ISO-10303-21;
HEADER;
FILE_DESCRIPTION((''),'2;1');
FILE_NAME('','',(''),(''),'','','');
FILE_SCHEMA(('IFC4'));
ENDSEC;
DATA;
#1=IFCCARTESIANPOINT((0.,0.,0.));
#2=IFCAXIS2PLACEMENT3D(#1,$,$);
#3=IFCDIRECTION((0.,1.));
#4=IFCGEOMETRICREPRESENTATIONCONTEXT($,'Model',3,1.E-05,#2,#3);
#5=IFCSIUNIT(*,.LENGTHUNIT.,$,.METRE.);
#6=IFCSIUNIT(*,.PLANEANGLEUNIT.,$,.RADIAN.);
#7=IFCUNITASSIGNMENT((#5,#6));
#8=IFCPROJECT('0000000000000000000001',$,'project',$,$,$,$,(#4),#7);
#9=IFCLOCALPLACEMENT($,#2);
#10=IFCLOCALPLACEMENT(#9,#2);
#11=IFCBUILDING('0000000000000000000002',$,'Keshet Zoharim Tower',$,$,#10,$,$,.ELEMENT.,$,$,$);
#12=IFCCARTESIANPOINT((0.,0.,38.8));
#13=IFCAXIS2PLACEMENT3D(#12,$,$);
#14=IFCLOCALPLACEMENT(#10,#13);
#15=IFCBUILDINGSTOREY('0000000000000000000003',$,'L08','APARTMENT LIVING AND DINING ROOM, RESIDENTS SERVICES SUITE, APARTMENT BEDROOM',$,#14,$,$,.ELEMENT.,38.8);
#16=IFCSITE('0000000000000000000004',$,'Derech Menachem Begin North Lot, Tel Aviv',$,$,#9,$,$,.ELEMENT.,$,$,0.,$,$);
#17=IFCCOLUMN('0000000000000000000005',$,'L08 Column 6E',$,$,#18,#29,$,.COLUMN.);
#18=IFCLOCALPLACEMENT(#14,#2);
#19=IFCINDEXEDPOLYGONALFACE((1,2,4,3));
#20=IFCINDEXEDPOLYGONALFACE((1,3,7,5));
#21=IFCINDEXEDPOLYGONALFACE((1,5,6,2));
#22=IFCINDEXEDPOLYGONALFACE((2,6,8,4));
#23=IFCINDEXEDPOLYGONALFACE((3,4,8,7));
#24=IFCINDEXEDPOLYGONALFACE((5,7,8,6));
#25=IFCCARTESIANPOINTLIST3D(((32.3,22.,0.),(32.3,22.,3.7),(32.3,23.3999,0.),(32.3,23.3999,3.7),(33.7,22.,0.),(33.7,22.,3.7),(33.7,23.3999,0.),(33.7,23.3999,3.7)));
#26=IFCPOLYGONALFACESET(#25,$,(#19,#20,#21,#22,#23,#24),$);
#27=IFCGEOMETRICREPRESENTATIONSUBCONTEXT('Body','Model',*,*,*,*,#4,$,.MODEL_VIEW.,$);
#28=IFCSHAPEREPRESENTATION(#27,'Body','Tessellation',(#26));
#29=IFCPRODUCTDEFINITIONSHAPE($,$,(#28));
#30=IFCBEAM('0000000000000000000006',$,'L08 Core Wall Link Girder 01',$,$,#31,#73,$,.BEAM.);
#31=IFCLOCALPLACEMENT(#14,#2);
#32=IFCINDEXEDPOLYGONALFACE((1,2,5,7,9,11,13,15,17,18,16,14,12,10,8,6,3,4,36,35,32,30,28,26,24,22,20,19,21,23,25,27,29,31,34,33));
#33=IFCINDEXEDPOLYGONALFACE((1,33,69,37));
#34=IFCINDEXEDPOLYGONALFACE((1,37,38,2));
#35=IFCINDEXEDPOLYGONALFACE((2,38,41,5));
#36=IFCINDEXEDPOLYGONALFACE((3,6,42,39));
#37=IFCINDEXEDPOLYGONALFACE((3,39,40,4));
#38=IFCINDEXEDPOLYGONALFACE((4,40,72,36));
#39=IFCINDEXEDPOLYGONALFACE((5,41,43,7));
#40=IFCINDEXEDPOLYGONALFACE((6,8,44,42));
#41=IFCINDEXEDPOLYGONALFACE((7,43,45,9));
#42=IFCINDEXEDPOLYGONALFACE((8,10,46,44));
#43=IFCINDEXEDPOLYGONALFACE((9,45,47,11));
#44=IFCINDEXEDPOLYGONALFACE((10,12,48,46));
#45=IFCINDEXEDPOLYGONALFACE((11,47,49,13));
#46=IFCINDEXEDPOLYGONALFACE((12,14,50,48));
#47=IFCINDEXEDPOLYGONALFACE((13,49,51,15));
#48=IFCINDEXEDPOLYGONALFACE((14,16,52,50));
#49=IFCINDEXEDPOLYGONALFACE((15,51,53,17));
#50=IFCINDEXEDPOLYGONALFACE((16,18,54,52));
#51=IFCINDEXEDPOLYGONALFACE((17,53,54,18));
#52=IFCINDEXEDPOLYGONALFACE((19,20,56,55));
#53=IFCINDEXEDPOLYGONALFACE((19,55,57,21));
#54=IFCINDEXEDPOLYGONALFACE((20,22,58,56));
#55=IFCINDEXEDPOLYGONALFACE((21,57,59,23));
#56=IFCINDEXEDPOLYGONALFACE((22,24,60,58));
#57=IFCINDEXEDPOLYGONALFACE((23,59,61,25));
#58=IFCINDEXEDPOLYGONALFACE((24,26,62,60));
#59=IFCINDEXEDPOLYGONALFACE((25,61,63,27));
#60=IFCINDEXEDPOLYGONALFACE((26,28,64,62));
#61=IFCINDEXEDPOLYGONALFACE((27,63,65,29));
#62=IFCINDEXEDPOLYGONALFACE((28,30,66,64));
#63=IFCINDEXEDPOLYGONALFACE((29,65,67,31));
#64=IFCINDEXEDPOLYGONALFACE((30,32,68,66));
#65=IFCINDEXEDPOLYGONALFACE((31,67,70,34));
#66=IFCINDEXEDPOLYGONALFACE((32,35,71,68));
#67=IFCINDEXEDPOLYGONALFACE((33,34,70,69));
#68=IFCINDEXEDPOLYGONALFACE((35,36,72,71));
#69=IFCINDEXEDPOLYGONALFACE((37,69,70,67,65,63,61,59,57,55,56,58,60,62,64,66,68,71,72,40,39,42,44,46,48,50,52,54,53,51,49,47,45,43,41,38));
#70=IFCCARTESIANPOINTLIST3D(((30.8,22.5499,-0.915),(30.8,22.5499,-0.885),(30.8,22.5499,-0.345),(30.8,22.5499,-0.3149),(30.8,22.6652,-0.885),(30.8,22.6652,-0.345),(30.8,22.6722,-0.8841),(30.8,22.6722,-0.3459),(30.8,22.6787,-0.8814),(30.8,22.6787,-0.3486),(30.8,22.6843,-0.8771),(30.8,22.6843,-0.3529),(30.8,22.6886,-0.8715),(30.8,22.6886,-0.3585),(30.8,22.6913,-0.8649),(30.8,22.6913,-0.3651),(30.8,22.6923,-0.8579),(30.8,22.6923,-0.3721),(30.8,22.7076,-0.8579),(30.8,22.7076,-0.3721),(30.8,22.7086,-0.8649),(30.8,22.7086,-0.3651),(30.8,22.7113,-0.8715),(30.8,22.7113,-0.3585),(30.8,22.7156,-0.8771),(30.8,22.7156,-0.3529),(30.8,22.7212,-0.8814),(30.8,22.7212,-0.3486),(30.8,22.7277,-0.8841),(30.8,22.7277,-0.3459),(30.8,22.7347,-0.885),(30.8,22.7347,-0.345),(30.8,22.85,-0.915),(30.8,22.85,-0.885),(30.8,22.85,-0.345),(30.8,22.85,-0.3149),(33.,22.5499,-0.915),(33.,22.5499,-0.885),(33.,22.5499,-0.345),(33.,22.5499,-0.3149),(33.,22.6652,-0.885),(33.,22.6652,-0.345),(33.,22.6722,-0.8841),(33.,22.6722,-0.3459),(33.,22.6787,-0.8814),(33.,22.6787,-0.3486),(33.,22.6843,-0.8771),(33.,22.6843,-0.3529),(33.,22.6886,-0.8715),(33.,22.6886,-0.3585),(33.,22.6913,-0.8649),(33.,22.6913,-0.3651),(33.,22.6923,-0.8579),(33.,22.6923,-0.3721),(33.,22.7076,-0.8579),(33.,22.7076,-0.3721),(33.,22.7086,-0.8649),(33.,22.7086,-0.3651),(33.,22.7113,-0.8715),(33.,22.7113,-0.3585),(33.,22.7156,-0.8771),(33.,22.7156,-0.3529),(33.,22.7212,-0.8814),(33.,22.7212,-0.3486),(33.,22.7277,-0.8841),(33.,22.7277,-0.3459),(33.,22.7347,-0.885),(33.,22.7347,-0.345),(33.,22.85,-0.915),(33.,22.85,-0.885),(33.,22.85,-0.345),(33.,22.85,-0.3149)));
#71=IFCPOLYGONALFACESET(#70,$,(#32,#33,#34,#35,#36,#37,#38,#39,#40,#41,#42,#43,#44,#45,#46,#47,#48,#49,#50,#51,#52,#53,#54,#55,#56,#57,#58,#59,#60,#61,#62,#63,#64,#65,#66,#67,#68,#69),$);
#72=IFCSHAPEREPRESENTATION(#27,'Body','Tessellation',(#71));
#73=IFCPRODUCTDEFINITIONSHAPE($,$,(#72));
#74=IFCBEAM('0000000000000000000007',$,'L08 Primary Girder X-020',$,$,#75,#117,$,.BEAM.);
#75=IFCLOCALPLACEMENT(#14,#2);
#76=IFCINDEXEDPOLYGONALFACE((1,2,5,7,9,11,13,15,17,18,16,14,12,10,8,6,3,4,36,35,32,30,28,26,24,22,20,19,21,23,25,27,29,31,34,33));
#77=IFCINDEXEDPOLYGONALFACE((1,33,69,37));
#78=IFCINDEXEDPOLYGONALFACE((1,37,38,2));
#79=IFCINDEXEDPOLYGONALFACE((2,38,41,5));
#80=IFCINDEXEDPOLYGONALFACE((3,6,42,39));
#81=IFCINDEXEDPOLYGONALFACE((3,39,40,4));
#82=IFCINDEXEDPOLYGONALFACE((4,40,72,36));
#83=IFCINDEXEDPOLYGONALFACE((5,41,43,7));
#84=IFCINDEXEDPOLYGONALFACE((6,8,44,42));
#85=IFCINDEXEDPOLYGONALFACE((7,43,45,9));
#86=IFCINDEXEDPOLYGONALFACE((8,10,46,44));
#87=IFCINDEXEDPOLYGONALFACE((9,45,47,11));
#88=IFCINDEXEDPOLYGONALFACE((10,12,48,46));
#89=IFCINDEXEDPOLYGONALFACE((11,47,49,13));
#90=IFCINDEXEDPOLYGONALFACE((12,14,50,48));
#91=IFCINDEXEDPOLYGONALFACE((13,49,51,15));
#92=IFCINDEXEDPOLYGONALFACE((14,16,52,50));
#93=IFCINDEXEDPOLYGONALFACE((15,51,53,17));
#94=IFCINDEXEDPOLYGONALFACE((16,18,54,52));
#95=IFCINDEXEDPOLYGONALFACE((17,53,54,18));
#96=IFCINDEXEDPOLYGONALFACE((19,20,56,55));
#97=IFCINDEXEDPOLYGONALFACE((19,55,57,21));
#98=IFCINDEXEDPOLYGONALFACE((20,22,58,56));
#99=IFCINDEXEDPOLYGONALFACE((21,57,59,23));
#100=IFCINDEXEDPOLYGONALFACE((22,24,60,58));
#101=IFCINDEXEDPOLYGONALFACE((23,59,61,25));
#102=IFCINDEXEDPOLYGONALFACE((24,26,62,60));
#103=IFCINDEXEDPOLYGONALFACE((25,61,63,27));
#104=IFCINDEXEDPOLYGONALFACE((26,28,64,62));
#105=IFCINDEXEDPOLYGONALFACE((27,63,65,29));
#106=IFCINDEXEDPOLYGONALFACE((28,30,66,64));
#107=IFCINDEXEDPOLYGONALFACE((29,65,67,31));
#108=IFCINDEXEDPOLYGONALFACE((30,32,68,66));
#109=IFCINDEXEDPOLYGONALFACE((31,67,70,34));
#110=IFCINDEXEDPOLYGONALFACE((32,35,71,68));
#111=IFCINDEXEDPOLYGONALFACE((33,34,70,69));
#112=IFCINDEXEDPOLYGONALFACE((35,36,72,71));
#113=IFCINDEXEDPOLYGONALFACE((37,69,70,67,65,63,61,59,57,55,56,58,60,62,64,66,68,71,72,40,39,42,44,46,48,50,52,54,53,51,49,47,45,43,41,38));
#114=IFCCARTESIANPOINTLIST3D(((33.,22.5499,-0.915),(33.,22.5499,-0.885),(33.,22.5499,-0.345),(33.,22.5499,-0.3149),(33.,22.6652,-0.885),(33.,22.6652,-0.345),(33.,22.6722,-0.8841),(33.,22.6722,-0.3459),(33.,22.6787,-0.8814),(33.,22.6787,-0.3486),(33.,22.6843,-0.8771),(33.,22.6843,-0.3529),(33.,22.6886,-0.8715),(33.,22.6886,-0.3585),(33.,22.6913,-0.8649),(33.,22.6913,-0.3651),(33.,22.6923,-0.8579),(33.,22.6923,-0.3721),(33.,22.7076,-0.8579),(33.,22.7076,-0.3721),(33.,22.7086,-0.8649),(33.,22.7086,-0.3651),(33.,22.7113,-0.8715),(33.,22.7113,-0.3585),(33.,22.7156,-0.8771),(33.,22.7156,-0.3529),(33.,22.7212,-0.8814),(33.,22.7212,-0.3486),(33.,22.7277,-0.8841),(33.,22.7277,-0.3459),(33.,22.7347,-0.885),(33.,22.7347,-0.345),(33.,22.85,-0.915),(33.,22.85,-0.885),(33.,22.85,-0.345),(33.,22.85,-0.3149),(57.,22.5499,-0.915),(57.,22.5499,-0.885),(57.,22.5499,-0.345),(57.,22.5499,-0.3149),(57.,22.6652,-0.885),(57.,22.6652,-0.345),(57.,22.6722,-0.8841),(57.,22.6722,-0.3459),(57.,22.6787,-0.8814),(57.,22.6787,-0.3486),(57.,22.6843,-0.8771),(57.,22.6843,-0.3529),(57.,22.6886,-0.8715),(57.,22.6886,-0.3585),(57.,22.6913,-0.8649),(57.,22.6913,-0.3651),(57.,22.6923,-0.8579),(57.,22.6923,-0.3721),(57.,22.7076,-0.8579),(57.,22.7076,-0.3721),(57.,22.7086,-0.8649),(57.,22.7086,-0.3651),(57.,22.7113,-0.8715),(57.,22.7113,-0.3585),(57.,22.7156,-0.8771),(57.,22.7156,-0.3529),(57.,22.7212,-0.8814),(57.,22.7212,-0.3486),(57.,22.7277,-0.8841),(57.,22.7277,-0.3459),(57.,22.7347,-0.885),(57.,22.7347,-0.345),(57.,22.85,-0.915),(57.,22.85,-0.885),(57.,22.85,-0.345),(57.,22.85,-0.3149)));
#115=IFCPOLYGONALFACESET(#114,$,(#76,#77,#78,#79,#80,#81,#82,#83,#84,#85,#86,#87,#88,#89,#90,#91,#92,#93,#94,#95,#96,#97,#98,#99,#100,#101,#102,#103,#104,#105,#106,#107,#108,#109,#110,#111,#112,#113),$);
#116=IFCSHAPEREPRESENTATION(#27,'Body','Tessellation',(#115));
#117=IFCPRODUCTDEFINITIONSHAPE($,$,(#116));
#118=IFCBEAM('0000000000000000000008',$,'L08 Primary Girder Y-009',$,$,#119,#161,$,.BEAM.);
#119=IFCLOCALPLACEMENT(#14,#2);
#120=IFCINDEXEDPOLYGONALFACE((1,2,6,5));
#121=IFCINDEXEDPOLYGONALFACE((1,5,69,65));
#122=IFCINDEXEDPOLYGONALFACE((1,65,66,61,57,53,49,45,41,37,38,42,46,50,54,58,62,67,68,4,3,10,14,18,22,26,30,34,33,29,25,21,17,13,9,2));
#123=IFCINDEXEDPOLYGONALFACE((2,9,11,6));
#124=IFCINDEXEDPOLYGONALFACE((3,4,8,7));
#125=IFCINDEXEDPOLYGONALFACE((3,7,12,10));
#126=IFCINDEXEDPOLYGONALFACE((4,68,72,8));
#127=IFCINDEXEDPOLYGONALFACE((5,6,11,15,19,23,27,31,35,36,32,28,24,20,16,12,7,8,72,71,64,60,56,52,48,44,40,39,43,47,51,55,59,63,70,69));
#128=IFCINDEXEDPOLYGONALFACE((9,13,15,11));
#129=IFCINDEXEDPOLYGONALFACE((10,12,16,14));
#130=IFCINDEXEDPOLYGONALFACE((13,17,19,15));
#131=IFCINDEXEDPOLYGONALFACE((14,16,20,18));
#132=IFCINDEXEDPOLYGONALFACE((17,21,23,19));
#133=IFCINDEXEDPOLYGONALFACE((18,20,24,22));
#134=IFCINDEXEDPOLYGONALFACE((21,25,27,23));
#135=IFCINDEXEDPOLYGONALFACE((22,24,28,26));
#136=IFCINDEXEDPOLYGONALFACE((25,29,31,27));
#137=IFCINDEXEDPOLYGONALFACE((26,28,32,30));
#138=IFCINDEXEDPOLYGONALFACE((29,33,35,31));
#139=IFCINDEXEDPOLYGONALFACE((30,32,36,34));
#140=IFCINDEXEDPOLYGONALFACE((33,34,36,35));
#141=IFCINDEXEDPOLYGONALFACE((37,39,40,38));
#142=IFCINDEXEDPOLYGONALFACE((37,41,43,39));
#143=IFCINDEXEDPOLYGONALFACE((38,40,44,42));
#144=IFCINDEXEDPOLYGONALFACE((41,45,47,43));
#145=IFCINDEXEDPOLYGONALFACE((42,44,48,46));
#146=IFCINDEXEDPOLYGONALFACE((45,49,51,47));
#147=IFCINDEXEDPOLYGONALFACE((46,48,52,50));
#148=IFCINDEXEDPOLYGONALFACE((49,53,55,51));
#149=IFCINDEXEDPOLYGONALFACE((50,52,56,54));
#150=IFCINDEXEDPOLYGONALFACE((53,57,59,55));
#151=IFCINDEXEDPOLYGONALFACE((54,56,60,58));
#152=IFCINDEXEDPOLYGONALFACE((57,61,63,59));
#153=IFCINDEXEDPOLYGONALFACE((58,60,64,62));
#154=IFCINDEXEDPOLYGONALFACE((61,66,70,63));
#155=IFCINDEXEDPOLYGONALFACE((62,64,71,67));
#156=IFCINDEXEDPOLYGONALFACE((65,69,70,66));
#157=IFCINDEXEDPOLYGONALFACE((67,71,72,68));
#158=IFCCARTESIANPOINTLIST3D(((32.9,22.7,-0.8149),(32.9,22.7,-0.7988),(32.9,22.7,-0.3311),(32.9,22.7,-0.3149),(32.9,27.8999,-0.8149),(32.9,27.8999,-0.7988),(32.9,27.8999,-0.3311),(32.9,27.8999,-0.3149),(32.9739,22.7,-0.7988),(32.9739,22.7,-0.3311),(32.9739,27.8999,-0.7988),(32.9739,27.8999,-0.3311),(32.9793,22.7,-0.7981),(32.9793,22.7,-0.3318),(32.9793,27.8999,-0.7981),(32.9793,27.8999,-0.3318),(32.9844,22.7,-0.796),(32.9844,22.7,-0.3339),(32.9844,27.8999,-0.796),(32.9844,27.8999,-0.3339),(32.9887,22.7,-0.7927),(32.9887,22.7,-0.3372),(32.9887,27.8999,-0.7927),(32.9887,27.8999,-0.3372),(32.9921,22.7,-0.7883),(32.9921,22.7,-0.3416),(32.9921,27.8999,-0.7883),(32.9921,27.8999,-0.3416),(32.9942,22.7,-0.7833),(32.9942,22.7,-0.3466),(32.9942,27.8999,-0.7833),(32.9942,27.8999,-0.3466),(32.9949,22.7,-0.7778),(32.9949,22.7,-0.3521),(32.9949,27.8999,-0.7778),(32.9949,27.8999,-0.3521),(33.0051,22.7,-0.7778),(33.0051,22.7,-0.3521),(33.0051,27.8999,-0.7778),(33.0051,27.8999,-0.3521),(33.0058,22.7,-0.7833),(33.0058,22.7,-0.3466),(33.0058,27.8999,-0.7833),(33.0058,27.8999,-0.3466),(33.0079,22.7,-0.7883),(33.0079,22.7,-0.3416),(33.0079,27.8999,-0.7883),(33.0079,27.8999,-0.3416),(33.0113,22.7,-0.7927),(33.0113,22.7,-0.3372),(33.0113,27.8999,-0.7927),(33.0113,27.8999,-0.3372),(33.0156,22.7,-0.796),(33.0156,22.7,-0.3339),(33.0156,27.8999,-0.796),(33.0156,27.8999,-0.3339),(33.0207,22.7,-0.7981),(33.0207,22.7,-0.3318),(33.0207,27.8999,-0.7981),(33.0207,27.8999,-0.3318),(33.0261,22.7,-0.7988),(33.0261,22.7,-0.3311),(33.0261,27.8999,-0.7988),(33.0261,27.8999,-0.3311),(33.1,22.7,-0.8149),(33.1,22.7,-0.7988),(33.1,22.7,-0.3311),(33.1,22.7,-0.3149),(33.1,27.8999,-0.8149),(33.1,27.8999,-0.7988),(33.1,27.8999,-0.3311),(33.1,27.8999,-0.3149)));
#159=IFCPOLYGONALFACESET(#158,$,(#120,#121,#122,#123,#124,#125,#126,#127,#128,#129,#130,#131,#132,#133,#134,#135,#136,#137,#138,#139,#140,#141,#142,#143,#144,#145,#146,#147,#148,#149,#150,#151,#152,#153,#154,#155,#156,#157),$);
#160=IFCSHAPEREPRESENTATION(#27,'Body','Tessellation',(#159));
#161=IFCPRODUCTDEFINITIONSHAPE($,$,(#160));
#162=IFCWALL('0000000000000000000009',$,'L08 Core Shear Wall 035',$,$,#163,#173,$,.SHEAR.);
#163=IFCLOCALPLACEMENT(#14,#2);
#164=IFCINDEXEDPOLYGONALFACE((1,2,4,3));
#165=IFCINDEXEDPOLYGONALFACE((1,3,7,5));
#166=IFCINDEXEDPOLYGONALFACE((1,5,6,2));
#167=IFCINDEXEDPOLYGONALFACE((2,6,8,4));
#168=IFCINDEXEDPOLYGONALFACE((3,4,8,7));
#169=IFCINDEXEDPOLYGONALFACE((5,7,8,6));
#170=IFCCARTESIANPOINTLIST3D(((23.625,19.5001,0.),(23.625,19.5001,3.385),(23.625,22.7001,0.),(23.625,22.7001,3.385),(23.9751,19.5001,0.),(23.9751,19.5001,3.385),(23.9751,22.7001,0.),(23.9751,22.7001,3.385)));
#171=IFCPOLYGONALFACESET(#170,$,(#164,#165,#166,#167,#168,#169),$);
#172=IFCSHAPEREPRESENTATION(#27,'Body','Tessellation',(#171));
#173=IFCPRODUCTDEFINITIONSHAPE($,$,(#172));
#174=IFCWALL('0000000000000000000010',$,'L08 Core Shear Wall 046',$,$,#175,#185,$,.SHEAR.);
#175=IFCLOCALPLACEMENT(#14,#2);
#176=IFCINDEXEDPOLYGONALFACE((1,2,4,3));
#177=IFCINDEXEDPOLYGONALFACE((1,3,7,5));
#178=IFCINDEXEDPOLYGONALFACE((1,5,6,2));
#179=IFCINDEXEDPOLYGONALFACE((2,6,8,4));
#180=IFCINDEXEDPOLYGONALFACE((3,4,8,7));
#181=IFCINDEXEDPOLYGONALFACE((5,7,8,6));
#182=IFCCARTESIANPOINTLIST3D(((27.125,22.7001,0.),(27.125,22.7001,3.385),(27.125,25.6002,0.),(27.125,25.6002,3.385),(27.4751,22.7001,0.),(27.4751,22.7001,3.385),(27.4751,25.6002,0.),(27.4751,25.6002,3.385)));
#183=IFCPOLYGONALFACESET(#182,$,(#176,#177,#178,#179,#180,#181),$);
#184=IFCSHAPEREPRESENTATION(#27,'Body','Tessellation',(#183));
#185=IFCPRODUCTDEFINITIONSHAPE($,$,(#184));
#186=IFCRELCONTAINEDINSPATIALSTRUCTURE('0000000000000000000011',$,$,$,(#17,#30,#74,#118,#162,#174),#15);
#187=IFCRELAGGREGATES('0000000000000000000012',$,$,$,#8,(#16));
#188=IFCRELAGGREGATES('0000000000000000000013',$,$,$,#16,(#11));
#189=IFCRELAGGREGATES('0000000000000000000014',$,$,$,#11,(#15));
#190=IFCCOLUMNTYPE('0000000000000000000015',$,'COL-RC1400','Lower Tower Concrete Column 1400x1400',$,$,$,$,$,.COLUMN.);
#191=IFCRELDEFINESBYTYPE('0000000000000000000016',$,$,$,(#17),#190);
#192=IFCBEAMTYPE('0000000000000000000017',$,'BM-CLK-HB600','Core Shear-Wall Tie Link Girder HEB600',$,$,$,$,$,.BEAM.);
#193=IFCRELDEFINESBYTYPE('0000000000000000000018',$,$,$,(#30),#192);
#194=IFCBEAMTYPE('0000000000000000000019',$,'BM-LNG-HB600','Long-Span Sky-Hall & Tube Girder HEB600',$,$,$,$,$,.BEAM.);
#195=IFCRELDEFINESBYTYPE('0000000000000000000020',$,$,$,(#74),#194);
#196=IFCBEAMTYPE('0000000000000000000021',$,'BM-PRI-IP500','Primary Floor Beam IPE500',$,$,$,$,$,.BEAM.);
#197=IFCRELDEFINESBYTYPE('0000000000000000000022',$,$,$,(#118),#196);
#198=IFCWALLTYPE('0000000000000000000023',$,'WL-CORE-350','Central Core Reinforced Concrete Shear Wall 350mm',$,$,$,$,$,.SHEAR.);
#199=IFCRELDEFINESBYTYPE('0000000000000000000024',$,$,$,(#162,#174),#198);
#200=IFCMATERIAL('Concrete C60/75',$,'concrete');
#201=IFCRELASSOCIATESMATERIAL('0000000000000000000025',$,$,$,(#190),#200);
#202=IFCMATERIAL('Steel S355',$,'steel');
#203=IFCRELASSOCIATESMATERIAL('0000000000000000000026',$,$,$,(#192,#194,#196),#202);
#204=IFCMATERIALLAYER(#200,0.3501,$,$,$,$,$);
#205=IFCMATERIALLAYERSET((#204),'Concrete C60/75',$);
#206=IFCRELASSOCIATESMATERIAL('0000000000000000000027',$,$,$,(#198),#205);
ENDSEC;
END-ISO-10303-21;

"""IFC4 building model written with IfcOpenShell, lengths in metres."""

from ifc_helpers import new_model, si_unit, direction, frame, frame_2d, origin, origin_2d, place, context, subcontext, project, spatial, rectangle, i_section, extrude, material, layer, layer_set, material_profile, profile_set, type_object, element, save


model = new_model("IFC4")

# Units and contexts
model_context = context("Model", 3, precision=1e-05, world=origin(), true_north=direction((0.0, 1.0)))
body_context = subcontext(model_context, "Body", "Model", "MODEL_VIEW")
ifc_project = project(units=[si_unit("LENGTHUNIT", "METRE"), si_unit("PLANEANGLEUNIT", "RADIAN")], contexts=[model_context])

# Site, building, storey
site_placement = place(None, origin())
site = spatial("IfcSite", under=ifc_project, at=site_placement, Name="Derech Menachem Begin North Lot, Tel Aviv", CompositionType="ELEMENT", RefElevation=0.0)
building_placement = place(site_placement, origin())
building = spatial("IfcBuilding", under=site, at=building_placement, Name="Keshet Zoharim Tower", CompositionType="ELEMENT")
storey_placement = place(building_placement, frame((0.0, 0.0, 38.8)))
storey = spatial("IfcBuildingStorey", under=building, at=storey_placement, Name="L08", Description="APARTMENT LIVING AND DINING ROOM, RESIDENTS SERVICES SUITE, APARTMENT BEDROOM", CompositionType="ELEMENT", Elevation=38.8)

# Column
ifc_material_1 = material(Name="Concrete C60/75", Category="concrete")
ifc_material_profile_1 = material_profile(ifc_material_1, rectangle(XDim=1.3999, YDim=1.3999, at=origin_2d()), Name="RC1400x1400")
ifc_profile_set_1 = profile_set([ifc_material_profile_1], Name="Concrete C60/75")
column_type = type_object("IfcColumnType", Name="COL-RC1400", Description="Lower Tower Concrete Column 1400x1400", PredefinedType="COLUMN", material=ifc_profile_set_1)
column_placement = place(storey_placement, frame((33.0, 22.7, 0.0), z_axis=(0.0, 0.0, 1.0), x_axis=(1.0, 0.0, 0.0)))
element("IfcColumn", 1, at=column_placement, inside=storey, type_object=column_type, Name="L08 Column 6E", PredefinedType="COLUMN", context=body_context, shape_type="SweptSolid", body=[
    extrude(rectangle(XDim=1.3999, YDim=1.3999, at=origin_2d()), origin(), (0.0, 0.0, 1.0), 3.7),
])

# Beams
ifc_material_2 = material(Name="Steel S355", Category="steel")
ifc_material_profile_2 = material_profile(ifc_material_2, i_section(OverallWidth=0.3, OverallDepth=0.6001, WebThickness=0.0154, FlangeThickness=0.03, FilletRadius=0.0271, at=origin_2d()), Name="HEB600")
ifc_profile_set_2 = profile_set([ifc_material_profile_2], Name="Steel S355")
beam_type_1 = type_object("IfcBeamType", Name="BM-CLK-HB600", Description="Core Shear-Wall Tie Link Girder HEB600", PredefinedType="BEAM", material=ifc_profile_set_2)
beam_1_placement = place(storey_placement, frame((30.8, 22.7, -0.615), z_axis=(1.0, 0.0, 0.0), x_axis=(0.0, 1.0, 0.0)))
element("IfcBeam", 2, at=beam_1_placement, inside=storey, type_object=beam_type_1, Name="L08 Core Wall Link Girder 01", PredefinedType="BEAM", context=body_context, shape_type="SweptSolid", body=[
    extrude(i_section(OverallWidth=0.3, OverallDepth=0.6001, WebThickness=0.0154, FlangeThickness=0.03, FilletRadius=0.0271, at=origin_2d()), origin(), (0.0, 0.0, 1.0), 2.2),
])
ifc_material_profile_3 = material_profile(ifc_material_2, i_section(OverallWidth=0.3, OverallDepth=0.6001, WebThickness=0.0154, FlangeThickness=0.03, FilletRadius=0.0271, at=origin_2d()), Name="HEB600")
ifc_profile_set_3 = profile_set([ifc_material_profile_3], Name="Steel S355")
beam_type_2 = type_object("IfcBeamType", Name="BM-LNG-HB600", Description="Long-Span Sky-Hall & Tube Girder HEB600", PredefinedType="BEAM", material=ifc_profile_set_3)
beam_2_placement = place(storey_placement, frame((33.0, 22.7, -0.615), z_axis=(1.0, 0.0, 0.0), x_axis=(0.0, 1.0, 0.0)))
element("IfcBeam", 3, at=beam_2_placement, inside=storey, type_object=beam_type_2, Name="L08 Primary Girder X-020", PredefinedType="BEAM", context=body_context, shape_type="SweptSolid", body=[
    extrude(i_section(OverallWidth=0.3, OverallDepth=0.6001, WebThickness=0.0154, FlangeThickness=0.03, FilletRadius=0.0271, at=origin_2d()), origin(), (0.0, 0.0, 1.0), 24.0),
])
ifc_material_profile_4 = material_profile(ifc_material_2, i_section(OverallWidth=0.2, OverallDepth=0.5, WebThickness=0.0103, FlangeThickness=0.0161, FilletRadius=0.021, at=origin_2d()), Name="IPE500")
ifc_profile_set_4 = profile_set([ifc_material_profile_4], Name="Steel S355")
beam_type_3 = type_object("IfcBeamType", Name="BM-PRI-IP500", Description="Primary Floor Beam IPE500", PredefinedType="BEAM", material=ifc_profile_set_4)
beam_3_placement = place(storey_placement, frame((33.0, 22.7, -0.5649), z_axis=(0.0, 1.0, 0.0), x_axis=(-1.0, 0.0, 0.0)))
element("IfcBeam", 4, at=beam_3_placement, inside=storey, type_object=beam_type_3, Name="L08 Primary Girder Y-009", PredefinedType="BEAM", context=body_context, shape_type="SweptSolid", body=[
    extrude(i_section(OverallWidth=0.2, OverallDepth=0.5, WebThickness=0.0103, FlangeThickness=0.0161, FilletRadius=0.021, at=origin_2d()), origin(), (0.0, 0.0, 1.0), 5.2),
])

# Wall
ifc_layer_1 = layer(ifc_material_1, 0.3501)
ifc_layer_set_1 = layer_set([ifc_layer_1], Name="Concrete C60/75")
wall_type_1 = type_object("IfcWallType", Name="WL-CORE-350", Description="Central Core Reinforced Concrete Shear Wall 350mm", PredefinedType="SHEAR", material=ifc_layer_set_1)
wall_1_placement = place(storey_placement, frame((23.8, 19.5, 0.0), z_axis=(0.0, 0.0, 1.0), x_axis=(0.0, 1.0, 0.0)))
element("IfcWall", 5, at=wall_1_placement, inside=storey, type_object=wall_type_1, Name="L08 Core Shear Wall 035", PredefinedType="SHEAR", context=body_context, shape_type="SweptSolid", body=[
    extrude(rectangle(XDim=3.2, YDim=0.3501, at=frame_2d((1.6001, 0.0))), origin(), (0.0, 0.0, 1.0), 3.385),
])

# Wall
wall_2_placement = place(storey_placement, frame((27.3, 22.7, 0.0), z_axis=(0.0, 0.0, 1.0), x_axis=(0.0, 1.0, 0.0)))
element("IfcWall", 6, at=wall_2_placement, inside=storey, type_object=wall_type_1, Name="L08 Core Shear Wall 046", PredefinedType="SHEAR", context=body_context, shape_type="SweptSolid", body=[
    extrude(rectangle(XDim=2.9001, YDim=0.3501, at=frame_2d((1.4502, 0.0))), origin(), (0.0, 0.0, 1.0), 3.385),
])

save(model, "model.ifc")
